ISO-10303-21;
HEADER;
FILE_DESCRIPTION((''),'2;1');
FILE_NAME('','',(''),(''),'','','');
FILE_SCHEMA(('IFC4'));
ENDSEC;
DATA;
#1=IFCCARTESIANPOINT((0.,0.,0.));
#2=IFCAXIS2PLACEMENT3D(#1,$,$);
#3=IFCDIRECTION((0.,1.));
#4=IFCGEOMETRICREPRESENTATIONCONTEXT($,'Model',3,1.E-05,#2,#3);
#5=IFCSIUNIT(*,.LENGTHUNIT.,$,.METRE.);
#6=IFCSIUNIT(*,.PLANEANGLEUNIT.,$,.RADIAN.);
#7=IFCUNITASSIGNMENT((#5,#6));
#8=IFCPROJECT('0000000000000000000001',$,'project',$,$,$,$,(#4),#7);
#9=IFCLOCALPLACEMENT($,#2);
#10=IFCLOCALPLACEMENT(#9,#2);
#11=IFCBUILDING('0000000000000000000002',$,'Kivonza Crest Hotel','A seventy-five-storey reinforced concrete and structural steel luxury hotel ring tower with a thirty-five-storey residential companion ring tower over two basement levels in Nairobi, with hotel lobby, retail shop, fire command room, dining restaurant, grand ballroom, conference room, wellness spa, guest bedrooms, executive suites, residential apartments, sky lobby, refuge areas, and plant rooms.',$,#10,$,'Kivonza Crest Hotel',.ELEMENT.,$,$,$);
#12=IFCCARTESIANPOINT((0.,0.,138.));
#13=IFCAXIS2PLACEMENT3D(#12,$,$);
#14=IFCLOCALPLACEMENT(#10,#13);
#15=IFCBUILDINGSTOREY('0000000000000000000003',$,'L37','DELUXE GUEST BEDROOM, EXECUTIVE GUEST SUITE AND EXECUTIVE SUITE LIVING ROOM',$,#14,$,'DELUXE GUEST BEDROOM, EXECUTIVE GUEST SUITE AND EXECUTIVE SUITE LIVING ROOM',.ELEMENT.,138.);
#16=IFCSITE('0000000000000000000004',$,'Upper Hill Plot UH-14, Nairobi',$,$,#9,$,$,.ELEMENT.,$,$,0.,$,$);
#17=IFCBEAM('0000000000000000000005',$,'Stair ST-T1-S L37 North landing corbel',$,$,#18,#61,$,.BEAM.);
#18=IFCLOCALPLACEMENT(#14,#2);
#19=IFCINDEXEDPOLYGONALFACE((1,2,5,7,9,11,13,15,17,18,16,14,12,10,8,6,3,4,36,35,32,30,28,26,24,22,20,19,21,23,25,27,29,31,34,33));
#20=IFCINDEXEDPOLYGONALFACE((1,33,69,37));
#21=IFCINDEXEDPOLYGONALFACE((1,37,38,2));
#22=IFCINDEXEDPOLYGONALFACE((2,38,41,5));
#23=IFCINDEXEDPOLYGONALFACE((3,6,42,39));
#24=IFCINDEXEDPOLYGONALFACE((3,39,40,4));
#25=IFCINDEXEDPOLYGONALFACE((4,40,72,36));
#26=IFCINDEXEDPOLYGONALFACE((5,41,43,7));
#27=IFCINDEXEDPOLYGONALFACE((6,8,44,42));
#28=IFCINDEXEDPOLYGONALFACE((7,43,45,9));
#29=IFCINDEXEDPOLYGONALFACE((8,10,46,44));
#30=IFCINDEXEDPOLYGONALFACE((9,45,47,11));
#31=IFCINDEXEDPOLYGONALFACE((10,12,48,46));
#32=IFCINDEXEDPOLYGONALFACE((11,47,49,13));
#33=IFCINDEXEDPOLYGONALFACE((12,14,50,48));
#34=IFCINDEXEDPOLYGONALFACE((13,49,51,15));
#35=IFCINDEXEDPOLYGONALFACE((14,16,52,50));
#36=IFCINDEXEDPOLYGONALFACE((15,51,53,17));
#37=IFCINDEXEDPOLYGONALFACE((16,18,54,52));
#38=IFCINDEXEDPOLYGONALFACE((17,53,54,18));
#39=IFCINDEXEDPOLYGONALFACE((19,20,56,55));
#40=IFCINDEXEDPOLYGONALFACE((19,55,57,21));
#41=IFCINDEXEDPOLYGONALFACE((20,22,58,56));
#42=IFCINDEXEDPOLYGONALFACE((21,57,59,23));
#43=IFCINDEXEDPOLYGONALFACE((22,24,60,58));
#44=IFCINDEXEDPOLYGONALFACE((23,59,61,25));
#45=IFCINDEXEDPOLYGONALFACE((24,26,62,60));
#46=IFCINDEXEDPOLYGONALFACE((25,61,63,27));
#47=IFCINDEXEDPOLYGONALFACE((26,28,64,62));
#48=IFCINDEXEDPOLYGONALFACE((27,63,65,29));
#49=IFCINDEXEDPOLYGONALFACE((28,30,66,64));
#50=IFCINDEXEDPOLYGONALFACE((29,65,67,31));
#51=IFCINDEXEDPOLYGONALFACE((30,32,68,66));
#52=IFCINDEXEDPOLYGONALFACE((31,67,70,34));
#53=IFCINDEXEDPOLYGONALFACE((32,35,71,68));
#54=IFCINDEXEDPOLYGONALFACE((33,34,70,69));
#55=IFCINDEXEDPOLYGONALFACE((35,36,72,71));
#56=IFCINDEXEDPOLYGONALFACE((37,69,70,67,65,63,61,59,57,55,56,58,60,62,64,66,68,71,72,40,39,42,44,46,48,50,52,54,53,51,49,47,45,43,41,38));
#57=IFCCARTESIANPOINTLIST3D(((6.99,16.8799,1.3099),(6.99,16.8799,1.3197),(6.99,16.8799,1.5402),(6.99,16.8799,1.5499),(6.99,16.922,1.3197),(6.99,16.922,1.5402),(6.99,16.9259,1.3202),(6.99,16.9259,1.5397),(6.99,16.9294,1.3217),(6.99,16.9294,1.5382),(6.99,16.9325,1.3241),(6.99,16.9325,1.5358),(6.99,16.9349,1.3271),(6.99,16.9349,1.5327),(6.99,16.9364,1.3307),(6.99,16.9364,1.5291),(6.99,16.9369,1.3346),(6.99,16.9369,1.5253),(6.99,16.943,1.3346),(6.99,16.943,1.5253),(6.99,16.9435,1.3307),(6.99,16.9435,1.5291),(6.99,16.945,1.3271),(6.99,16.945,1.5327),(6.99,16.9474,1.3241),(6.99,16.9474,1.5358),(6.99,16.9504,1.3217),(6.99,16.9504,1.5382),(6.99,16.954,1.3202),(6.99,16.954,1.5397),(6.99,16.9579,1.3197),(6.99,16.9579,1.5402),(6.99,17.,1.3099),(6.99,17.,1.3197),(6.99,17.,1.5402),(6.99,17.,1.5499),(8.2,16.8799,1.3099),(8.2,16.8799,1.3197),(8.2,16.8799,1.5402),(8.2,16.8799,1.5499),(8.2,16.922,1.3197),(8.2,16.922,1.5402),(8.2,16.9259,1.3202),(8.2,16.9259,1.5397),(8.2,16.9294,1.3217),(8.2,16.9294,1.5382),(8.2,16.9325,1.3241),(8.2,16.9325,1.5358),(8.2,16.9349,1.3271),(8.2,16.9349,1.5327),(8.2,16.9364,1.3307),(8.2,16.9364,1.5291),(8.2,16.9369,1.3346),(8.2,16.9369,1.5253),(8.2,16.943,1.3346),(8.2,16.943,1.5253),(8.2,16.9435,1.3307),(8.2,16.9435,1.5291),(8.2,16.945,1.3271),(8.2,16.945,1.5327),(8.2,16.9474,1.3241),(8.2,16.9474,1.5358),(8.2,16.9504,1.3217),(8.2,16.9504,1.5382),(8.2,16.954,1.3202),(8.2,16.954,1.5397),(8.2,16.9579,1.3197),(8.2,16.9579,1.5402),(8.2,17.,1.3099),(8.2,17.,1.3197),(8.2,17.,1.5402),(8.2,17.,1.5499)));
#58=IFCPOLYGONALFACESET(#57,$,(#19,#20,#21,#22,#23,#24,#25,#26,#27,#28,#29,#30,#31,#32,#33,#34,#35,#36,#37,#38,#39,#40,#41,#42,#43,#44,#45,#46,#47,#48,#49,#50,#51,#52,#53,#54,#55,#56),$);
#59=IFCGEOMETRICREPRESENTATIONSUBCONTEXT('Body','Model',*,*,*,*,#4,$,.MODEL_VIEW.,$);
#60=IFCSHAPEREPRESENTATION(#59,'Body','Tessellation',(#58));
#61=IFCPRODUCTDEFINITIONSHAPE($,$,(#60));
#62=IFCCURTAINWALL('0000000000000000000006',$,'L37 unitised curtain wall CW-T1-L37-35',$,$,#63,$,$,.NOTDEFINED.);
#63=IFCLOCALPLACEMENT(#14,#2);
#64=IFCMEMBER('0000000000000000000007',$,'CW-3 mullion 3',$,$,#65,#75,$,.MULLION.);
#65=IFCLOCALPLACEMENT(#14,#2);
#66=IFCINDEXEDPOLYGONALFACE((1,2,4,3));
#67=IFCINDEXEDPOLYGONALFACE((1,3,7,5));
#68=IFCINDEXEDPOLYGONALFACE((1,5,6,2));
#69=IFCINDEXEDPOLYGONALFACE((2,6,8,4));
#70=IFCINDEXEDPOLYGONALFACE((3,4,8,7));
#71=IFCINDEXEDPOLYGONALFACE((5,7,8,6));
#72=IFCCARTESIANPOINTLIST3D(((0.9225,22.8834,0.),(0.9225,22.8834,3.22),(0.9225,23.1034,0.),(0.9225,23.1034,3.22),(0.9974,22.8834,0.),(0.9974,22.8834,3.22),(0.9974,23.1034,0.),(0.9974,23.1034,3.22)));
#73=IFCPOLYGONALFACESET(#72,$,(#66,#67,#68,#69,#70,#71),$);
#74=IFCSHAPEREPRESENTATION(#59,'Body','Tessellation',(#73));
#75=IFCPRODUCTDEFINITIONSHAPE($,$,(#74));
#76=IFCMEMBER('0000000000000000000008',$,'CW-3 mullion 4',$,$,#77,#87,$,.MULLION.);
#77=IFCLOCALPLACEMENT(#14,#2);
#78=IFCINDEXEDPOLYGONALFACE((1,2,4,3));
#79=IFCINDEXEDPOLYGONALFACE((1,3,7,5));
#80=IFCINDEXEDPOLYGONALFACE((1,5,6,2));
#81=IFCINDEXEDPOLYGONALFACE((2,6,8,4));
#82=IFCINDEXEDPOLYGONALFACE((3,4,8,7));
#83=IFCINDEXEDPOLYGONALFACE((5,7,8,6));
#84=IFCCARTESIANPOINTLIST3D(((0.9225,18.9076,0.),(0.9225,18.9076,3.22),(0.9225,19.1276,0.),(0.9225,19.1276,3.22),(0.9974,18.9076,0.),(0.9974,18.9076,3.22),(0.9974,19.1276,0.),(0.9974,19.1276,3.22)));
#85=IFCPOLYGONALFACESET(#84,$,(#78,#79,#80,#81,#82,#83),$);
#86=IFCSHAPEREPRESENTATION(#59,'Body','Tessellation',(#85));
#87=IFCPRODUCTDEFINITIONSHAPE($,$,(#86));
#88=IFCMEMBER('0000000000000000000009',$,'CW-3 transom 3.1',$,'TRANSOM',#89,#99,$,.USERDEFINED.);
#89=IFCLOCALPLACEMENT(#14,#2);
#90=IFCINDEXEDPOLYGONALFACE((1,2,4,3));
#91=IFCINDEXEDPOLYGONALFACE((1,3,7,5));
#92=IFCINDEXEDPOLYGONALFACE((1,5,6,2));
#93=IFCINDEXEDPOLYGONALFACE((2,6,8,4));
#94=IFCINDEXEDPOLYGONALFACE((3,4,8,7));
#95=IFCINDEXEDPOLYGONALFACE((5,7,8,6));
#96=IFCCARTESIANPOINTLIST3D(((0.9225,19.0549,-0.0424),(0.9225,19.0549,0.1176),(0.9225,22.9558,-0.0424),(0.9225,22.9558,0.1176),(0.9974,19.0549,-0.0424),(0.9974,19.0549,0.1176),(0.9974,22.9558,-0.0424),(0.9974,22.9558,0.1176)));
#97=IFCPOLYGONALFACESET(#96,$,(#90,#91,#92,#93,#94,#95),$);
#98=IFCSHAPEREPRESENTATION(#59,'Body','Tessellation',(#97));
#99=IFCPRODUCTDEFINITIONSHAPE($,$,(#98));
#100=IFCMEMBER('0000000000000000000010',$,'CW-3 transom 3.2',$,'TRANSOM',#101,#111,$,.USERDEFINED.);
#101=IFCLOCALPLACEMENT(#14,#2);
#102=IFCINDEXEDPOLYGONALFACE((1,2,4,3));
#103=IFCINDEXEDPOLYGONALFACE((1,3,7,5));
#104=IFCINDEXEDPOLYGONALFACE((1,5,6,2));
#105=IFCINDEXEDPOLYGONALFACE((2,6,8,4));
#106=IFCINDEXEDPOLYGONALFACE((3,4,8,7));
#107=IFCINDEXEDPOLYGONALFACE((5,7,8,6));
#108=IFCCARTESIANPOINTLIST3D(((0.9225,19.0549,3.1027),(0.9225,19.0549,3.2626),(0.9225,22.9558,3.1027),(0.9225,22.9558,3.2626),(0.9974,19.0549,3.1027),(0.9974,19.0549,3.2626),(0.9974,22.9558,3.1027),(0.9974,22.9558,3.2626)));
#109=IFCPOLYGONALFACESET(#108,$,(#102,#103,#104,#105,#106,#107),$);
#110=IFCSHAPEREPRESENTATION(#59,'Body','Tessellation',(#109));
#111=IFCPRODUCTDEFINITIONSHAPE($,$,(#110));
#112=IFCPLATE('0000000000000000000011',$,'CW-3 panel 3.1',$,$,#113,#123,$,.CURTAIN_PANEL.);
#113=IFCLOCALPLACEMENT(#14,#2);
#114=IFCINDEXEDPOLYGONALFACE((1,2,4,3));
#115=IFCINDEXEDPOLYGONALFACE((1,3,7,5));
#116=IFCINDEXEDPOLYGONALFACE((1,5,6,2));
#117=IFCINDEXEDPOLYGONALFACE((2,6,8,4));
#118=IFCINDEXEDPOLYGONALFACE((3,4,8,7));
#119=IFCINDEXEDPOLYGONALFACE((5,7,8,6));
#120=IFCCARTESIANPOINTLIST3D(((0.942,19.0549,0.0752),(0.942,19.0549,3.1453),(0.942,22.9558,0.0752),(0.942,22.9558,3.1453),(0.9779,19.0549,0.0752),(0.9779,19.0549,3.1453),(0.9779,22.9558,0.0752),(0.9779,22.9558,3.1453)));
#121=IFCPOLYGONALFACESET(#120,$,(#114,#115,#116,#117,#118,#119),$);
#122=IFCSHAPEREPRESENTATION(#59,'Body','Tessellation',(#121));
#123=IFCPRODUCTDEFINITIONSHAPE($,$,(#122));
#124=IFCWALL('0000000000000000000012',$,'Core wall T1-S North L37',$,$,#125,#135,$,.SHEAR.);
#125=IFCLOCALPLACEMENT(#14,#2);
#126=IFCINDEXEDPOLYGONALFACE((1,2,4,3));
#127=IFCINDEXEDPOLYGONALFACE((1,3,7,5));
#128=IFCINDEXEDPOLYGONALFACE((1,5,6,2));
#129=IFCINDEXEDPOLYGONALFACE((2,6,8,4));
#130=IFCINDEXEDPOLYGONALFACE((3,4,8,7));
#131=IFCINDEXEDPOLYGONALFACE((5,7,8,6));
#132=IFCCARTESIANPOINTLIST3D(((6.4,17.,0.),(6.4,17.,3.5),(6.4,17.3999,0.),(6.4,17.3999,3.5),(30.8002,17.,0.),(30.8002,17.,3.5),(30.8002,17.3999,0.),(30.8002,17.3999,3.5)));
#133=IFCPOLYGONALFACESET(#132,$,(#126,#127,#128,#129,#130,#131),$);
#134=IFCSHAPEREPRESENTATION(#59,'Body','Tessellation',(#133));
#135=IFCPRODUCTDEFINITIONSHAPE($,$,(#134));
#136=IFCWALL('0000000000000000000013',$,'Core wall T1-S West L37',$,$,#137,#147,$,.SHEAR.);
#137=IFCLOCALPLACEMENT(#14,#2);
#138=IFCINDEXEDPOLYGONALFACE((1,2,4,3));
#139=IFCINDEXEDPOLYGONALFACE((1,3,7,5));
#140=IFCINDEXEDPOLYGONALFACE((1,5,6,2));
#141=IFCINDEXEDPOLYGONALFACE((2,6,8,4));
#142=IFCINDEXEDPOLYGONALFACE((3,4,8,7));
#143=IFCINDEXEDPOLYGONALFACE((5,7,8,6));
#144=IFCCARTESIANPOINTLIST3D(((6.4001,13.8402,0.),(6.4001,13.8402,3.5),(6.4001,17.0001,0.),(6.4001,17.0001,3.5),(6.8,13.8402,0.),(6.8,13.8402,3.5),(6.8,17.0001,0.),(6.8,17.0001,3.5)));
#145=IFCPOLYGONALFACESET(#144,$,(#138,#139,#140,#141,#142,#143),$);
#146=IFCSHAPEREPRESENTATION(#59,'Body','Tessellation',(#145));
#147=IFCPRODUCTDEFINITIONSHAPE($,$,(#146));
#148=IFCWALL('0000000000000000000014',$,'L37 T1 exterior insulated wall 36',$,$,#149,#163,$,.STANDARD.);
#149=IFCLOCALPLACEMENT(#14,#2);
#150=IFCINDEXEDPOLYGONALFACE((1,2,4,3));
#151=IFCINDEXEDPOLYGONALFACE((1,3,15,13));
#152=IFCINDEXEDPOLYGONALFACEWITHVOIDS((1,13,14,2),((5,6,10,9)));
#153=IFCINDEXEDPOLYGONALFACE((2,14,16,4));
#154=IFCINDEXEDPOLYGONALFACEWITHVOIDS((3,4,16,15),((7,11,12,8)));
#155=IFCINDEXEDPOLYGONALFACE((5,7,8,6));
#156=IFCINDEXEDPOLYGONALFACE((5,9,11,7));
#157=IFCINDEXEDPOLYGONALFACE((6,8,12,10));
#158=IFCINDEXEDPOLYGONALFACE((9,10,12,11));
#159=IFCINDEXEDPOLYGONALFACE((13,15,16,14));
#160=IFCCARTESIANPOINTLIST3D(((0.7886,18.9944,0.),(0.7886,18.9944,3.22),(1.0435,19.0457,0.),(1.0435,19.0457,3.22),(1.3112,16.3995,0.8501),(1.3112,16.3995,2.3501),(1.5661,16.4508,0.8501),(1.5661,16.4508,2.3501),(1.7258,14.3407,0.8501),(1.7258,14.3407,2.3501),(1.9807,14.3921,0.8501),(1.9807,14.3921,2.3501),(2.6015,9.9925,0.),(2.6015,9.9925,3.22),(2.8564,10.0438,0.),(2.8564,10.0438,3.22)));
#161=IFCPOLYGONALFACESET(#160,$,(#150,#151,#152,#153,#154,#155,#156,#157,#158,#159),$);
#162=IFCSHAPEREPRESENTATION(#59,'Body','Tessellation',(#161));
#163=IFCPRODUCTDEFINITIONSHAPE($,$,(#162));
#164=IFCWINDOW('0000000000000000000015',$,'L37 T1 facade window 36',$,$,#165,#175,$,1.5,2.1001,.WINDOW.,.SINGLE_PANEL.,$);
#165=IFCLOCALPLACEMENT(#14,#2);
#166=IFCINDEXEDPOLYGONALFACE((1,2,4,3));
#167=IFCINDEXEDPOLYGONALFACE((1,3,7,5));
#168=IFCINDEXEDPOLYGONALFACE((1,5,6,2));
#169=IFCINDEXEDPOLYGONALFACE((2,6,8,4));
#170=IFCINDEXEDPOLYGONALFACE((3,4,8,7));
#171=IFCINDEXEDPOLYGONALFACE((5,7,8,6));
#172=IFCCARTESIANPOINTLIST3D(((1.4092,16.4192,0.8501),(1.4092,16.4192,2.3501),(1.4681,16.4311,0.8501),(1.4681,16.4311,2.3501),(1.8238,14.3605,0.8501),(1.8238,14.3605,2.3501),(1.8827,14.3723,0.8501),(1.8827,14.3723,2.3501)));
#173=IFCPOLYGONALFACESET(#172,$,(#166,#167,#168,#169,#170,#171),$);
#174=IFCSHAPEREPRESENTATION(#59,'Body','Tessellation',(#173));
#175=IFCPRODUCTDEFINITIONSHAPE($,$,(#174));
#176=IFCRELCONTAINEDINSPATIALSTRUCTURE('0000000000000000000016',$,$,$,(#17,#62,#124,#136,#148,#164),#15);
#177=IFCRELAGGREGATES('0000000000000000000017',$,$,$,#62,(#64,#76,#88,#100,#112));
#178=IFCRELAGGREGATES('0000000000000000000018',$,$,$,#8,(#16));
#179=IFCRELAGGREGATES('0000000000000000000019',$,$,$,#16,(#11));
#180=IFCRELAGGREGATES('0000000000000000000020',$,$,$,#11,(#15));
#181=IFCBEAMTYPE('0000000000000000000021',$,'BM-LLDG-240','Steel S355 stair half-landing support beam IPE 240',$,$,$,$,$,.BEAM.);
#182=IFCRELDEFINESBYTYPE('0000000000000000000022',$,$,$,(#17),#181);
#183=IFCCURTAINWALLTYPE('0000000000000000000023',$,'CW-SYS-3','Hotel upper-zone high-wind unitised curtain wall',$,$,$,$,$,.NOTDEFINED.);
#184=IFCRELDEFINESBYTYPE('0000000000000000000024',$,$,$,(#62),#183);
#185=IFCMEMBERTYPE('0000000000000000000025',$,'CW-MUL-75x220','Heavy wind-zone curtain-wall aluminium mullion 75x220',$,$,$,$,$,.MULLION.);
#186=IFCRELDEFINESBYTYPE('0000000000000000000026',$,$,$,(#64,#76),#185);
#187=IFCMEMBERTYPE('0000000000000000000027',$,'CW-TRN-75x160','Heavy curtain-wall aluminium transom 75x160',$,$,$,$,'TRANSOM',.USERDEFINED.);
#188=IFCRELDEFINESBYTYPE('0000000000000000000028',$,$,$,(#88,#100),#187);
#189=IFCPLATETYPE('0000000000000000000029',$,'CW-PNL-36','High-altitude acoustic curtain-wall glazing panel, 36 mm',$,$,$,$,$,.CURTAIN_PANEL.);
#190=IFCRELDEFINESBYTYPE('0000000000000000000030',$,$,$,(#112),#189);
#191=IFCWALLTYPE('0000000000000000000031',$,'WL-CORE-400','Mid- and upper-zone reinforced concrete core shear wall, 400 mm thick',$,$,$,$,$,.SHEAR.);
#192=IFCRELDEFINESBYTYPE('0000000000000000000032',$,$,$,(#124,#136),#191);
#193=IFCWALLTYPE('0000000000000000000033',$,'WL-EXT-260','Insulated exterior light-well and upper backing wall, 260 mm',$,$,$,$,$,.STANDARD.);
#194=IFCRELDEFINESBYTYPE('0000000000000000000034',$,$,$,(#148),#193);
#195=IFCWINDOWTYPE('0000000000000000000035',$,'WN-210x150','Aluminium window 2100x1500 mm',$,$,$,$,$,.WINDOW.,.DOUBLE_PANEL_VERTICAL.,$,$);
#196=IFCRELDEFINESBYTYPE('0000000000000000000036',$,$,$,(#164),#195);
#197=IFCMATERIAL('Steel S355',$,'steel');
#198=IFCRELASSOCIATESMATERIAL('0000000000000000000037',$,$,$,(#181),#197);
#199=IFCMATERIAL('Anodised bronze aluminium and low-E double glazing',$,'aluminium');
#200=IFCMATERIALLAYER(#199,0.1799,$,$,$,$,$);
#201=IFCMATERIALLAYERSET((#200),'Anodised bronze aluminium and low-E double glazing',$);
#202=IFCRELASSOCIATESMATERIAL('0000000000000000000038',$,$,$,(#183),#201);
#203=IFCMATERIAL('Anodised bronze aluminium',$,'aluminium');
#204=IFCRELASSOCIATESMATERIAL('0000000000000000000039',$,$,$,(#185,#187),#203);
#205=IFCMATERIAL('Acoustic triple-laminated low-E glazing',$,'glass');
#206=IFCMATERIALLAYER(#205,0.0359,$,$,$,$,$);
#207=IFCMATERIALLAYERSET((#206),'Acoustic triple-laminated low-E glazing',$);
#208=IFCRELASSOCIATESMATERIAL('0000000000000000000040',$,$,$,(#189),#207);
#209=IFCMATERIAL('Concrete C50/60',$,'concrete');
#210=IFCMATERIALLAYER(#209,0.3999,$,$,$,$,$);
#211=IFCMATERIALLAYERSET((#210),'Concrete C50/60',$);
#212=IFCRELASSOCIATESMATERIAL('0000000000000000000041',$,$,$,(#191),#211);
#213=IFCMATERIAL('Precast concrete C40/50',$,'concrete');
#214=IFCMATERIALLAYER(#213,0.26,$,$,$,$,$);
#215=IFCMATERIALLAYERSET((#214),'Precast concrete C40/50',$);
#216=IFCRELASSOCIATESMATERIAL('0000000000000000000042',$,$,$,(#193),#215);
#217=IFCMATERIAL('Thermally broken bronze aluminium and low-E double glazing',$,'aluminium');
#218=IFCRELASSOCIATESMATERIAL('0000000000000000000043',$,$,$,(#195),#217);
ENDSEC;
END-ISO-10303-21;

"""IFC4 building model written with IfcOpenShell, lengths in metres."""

from ifc_helpers import new_model, si_unit, direction, frame, frame_2d, origin, origin_2d, place, context, subcontext, project, spatial, rectangle, i_section, extrude, material, layer, layer_set, material_profile, profile_set, type_object, element, fill, aggregate, save


model = new_model("IFC4")

# Units and contexts
model_context = context("Model", 3, precision=1e-05, world=origin(), true_north=direction((0.0, 1.0)))
body_context = subcontext(model_context, "Body", "Model", "MODEL_VIEW")
ifc_project = project(units=[si_unit("LENGTHUNIT", "METRE"), si_unit("PLANEANGLEUNIT", "RADIAN")], contexts=[model_context])

# Site, building, storey
site_placement = place(None, origin())
site = spatial("IfcSite", under=ifc_project, at=site_placement, Name="Upper Hill Plot UH-14, Nairobi", CompositionType="ELEMENT", RefElevation=0.0)
building_placement = place(site_placement, origin())
building = spatial("IfcBuilding", under=site, at=building_placement, Name="Kivonza Crest Hotel", Description="A seventy-five-storey reinforced concrete and structural steel luxury hotel ring tower with a thirty-five-storey residential companion ring tower over two basement levels in Nairobi, with hotel lobby, retail shop, fire command room, dining restaurant, grand ballroom, conference room, wellness spa, guest bedrooms, executive suites, residential apartments, sky lobby, refuge areas, and plant rooms.", LongName="Kivonza Crest Hotel", CompositionType="ELEMENT")
storey_placement = place(building_placement, frame((0.0, 0.0, 138.0)))
storey = spatial("IfcBuildingStorey", under=building, at=storey_placement, Name="L37", Description="DELUXE GUEST BEDROOM, EXECUTIVE GUEST SUITE AND EXECUTIVE SUITE LIVING ROOM", LongName="DELUXE GUEST BEDROOM, EXECUTIVE GUEST SUITE AND EXECUTIVE SUITE LIVING ROOM", CompositionType="ELEMENT", Elevation=138.0)

# Shared definitions
ifc_material_1 = material(Name="Concrete C50/60", Category="concrete")

# Beam
ifc_material_2 = material(Name="Steel S355", Category="steel")
ifc_material_profile_1 = material_profile(ifc_material_2, i_section(OverallWidth=0.1201, OverallDepth=0.24, WebThickness=0.0061, FlangeThickness=0.0098, FilletRadius=0.0149, at=origin_2d()), Name="IPE 240")
ifc_profile_set_1 = profile_set([ifc_material_profile_1], Name="Steel S355")
beam_type_1 = type_object("IfcBeamType", Name="BM-LLDG-240", Description="Steel S355 stair half-landing support beam IPE 240", PredefinedType="BEAM", material=ifc_profile_set_1)
for number, where, z_axis, x_axis, name in (
    (1, (6.99, 16.9399, 1.4299), (1.0, 0.0, 0.0), (0.0, 1.0, 0.0), "Stair ST-T1-S L37 North landing corbel"),
):
    element("IfcBeam", number, at=place(storey_placement, frame(where, z_axis=z_axis, x_axis=x_axis)), inside=storey, type_object=beam_type_1, Name=name, PredefinedType="BEAM", context=body_context, shape_type="SweptSolid", body=[
        extrude(i_section(OverallWidth=0.1201, OverallDepth=0.24, WebThickness=0.0061, FlangeThickness=0.0098, FilletRadius=0.0149, at=origin_2d()), origin(), (0.0, 0.0, 1.0), 1.21),
    ])

# Curtain wall, members, plate
ifc_material_3 = material(Name="Anodised bronze aluminium and low-E double glazing", Category="aluminium")
ifc_layer_1 = layer(ifc_material_3, 0.1799)
ifc_layer_set_1 = layer_set([ifc_layer_1], Name="Anodised bronze aluminium and low-E double glazing")
curtain_wall_type = type_object("IfcCurtainWallType", Name="CW-SYS-3", Description="Hotel upper-zone high-wind unitised curtain wall", PredefinedType="NOTDEFINED", material=ifc_layer_set_1)
curtain_wall_placement = place(storey_placement, origin())
curtain_wall = element("IfcCurtainWall", 2, at=curtain_wall_placement, inside=storey, type_object=curtain_wall_type, Name="L37 unitised curtain wall CW-T1-L37-35", PredefinedType="NOTDEFINED")
ifc_material_4 = material(Name="Anodised bronze aluminium", Category="aluminium")
ifc_material_profile_2 = material_profile(ifc_material_4, rectangle(XDim=0.075, YDim=0.22, at=origin_2d()), Name="CW-M 75x220")
ifc_profile_set_2 = profile_set([ifc_material_profile_2], Name="Anodised bronze aluminium")
member_type_1 = type_object("IfcMemberType", Name="CW-MUL-75x220", Description="Heavy wind-zone curtain-wall aluminium mullion 75x220", PredefinedType="MULLION", material=ifc_profile_set_2)
member_1_placement = place(storey_placement, frame((0.96, 22.9934, 0.0), z_axis=(0.0, 0.0, 1.0), x_axis=(1.0, 0.0, 0.0)))
member_1 = element("IfcMember", 3, at=member_1_placement, type_object=member_type_1, Name="CW-3 mullion 3", PredefinedType="MULLION", context=body_context, shape_type="SweptSolid", body=[
    extrude(rectangle(XDim=0.075, YDim=0.22, at=origin_2d()), origin(), (0.0, 0.0, 1.0), 3.22),
])
member_2_placement = place(storey_placement, frame((0.96, 19.0176, 0.0), z_axis=(0.0, 0.0, 1.0), x_axis=(1.0, 0.0, 0.0)))
member_2 = element("IfcMember", 4, at=member_2_placement, type_object=member_type_1, Name="CW-3 mullion 4", PredefinedType="MULLION", context=body_context, shape_type="SweptSolid", body=[
    extrude(rectangle(XDim=0.075, YDim=0.22, at=origin_2d()), origin(), (0.0, 0.0, 1.0), 3.22),
])
ifc_material_profile_3 = material_profile(ifc_material_4, rectangle(XDim=0.075, YDim=0.1599, at=origin_2d()), Name="CW-T 75x160")
ifc_profile_set_3 = profile_set([ifc_material_profile_3], Name="Anodised bronze aluminium")
member_type_2 = type_object("IfcMemberType", Name="CW-TRN-75x160", Description="Heavy curtain-wall aluminium transom 75x160", ElementType="TRANSOM", PredefinedType="USERDEFINED", material=ifc_profile_set_3)
member_3_placement = place(storey_placement, frame((0.96, 22.9558, 0.0376), z_axis=(0.0, -1.0, 0.0), x_axis=(1.0, 0.0, 0.0)))
member_3 = element("IfcMember", 5, at=member_3_placement, type_object=member_type_2, Name="CW-3 transom 3.1", ObjectType="TRANSOM", PredefinedType="USERDEFINED", context=body_context, shape_type="SweptSolid", body=[
    extrude(rectangle(XDim=0.075, YDim=0.1599, at=origin_2d()), origin(), (0.0, 0.0, 1.0), 3.9009),
])
member_4_placement = place(storey_placement, frame((0.96, 22.9558, 3.1826), z_axis=(0.0, -1.0, 0.0), x_axis=(1.0, 0.0, 0.0)))
member_4 = element("IfcMember", 6, at=member_4_placement, type_object=member_type_2, Name="CW-3 transom 3.2", ObjectType="TRANSOM", PredefinedType="USERDEFINED", context=body_context, shape_type="SweptSolid", body=[
    extrude(rectangle(XDim=0.075, YDim=0.1599, at=origin_2d()), origin(), (0.0, 0.0, 1.0), 3.9009),
])
ifc_material_5 = material(Name="Acoustic triple-laminated low-E glazing", Category="glass")
ifc_layer_2 = layer(ifc_material_5, 0.0359)
ifc_layer_set_2 = layer_set([ifc_layer_2], Name="Acoustic triple-laminated low-E glazing")
plate_type = type_object("IfcPlateType", Name="CW-PNL-36", Description="High-altitude acoustic curtain-wall glazing panel, 36 mm", PredefinedType="CURTAIN_PANEL", material=ifc_layer_set_2)
plate_placement = place(storey_placement, frame((0.96, 21.0054, 0.0752), z_axis=(0.0, 0.0, 1.0), x_axis=(0.0, -1.0, 0.0)))
plate = element("IfcPlate", 7, at=plate_placement, type_object=plate_type, Name="CW-3 panel 3.1", PredefinedType="CURTAIN_PANEL", context=body_context, shape_type="SweptSolid", body=[
    extrude(rectangle(XDim=3.9009, YDim=0.0359, at=origin_2d()), origin(), (0.0, 0.0, 1.0), 3.0701),
])
aggregate(curtain_wall, [member_1, member_2, member_3, member_4, plate])

# Shared definitions
ifc_layer_3 = layer(ifc_material_1, 0.3999)
ifc_layer_set_3 = layer_set([ifc_layer_3], Name="Concrete C50/60")
wall_type_1 = type_object("IfcWallType", Name="WL-CORE-400", Description="Mid- and upper-zone reinforced concrete core shear wall, 400 mm thick", PredefinedType="SHEAR", material=ifc_layer_set_3)

# Walls
wall_1_placement = place(storey_placement, frame((6.3999, 17.2, 0.0), z_axis=(0.0, 0.0, 1.0), x_axis=(1.0, 0.0, 0.0)))
element("IfcWall", 8, at=wall_1_placement, inside=storey, type_object=wall_type_1, Name="Core wall T1-S North L37", PredefinedType="SHEAR", context=body_context, shape_type="SweptSolid", body=[
    extrude(rectangle(XDim=24.4001, YDim=0.3999, at=frame_2d((12.2002, 0.0))), origin(), (0.0, 0.0, 1.0), 3.5),
])
wall_2_placement = place(storey_placement, frame((6.6001, 13.8401, 0.0), z_axis=(0.0, 0.0, 1.0), x_axis=(0.0, 1.0, 0.0)))
element("IfcWall", 9, at=wall_2_placement, inside=storey, type_object=wall_type_1, Name="Core wall T1-S West L37", PredefinedType="SHEAR", context=body_context, shape_type="SweptSolid", body=[
    extrude(rectangle(XDim=3.1599, YDim=0.3999, at=frame_2d((1.5801, 0.0))), origin(), (0.0, 0.0, 1.0), 3.5),
])

# Wall, opening, window
ifc_material_6 = material(Name="Precast concrete C40/50", Category="concrete")
ifc_layer_4 = layer(ifc_material_6, 0.26)
ifc_layer_set_4 = layer_set([ifc_layer_4], Name="Precast concrete C40/50")
wall_type_2 = type_object("IfcWallType", Name="WL-EXT-260", Description="Insulated exterior light-well and upper backing wall, 260 mm", PredefinedType="STANDARD", material=ifc_layer_set_4)
wall_3_placement = place(storey_placement, frame((0.916, 19.02, 0.0), z_axis=(0.0, 0.0, 1.0), x_axis=(0.197435, -0.980316, 0.0)))
wall_3 = element("IfcWall", 10, at=wall_3_placement, inside=storey, type_object=wall_type_2, Name="L37 T1 exterior insulated wall 36", PredefinedType="STANDARD", context=body_context, shape_type="SweptSolid", body=[
    extrude(rectangle(XDim=9.1826, YDim=0.26, at=frame_2d((4.5913, 0.0))), origin(), (0.0, 0.0, 1.0), 3.22),
])
opening_1_placement = place(wall_3_placement, frame((2.647, 0.0, 0.8501)))
opening_1 = element("IfcOpeningElement", 11, at=opening_1_placement, cuts=wall_3, PredefinedType="OPENING", context=body_context, shape_type="SweptSolid", body=[
    extrude(rectangle(XDim=2.1001, YDim=1.5, at=frame_2d((1.05, 0.75))), frame((0.0, 0.1401, 0.0), z_axis=(0.0, -1.0, 0.0), x_axis=(1.0, 0.0, 0.0)), (0.0, 0.0, 1.0), 0.28),
])
ifc_material_7 = material(Name="Thermally broken bronze aluminium and low-E double glazing", Category="aluminium")
window_type = type_object("IfcWindowType", Name="WN-210x150", Description="Aluminium window 2100x1500 mm", PartitioningType="DOUBLE_PANEL_VERTICAL", PredefinedType="WINDOW", material=ifc_material_7)
window_placement = place(opening_1_placement, origin())
window = element("IfcWindow", 12, at=window_placement, inside=storey, type_object=window_type, Name="L37 T1 facade window 36", OverallHeight=1.5, OverallWidth=2.1001, PartitioningType="SINGLE_PANEL", PredefinedType="WINDOW", context=body_context, shape_type="SweptSolid", body=[
    extrude(rectangle(XDim=2.1001, YDim=1.5, at=frame_2d((1.05, 0.75))), frame((0.0, 0.03, 0.0), z_axis=(0.0, -1.0, 0.0), x_axis=(1.0, 0.0, 0.0)), (0.0, 0.0, 1.0), 0.0601),
])
fill(opening_1, window)

save(model, "model.ifc")
